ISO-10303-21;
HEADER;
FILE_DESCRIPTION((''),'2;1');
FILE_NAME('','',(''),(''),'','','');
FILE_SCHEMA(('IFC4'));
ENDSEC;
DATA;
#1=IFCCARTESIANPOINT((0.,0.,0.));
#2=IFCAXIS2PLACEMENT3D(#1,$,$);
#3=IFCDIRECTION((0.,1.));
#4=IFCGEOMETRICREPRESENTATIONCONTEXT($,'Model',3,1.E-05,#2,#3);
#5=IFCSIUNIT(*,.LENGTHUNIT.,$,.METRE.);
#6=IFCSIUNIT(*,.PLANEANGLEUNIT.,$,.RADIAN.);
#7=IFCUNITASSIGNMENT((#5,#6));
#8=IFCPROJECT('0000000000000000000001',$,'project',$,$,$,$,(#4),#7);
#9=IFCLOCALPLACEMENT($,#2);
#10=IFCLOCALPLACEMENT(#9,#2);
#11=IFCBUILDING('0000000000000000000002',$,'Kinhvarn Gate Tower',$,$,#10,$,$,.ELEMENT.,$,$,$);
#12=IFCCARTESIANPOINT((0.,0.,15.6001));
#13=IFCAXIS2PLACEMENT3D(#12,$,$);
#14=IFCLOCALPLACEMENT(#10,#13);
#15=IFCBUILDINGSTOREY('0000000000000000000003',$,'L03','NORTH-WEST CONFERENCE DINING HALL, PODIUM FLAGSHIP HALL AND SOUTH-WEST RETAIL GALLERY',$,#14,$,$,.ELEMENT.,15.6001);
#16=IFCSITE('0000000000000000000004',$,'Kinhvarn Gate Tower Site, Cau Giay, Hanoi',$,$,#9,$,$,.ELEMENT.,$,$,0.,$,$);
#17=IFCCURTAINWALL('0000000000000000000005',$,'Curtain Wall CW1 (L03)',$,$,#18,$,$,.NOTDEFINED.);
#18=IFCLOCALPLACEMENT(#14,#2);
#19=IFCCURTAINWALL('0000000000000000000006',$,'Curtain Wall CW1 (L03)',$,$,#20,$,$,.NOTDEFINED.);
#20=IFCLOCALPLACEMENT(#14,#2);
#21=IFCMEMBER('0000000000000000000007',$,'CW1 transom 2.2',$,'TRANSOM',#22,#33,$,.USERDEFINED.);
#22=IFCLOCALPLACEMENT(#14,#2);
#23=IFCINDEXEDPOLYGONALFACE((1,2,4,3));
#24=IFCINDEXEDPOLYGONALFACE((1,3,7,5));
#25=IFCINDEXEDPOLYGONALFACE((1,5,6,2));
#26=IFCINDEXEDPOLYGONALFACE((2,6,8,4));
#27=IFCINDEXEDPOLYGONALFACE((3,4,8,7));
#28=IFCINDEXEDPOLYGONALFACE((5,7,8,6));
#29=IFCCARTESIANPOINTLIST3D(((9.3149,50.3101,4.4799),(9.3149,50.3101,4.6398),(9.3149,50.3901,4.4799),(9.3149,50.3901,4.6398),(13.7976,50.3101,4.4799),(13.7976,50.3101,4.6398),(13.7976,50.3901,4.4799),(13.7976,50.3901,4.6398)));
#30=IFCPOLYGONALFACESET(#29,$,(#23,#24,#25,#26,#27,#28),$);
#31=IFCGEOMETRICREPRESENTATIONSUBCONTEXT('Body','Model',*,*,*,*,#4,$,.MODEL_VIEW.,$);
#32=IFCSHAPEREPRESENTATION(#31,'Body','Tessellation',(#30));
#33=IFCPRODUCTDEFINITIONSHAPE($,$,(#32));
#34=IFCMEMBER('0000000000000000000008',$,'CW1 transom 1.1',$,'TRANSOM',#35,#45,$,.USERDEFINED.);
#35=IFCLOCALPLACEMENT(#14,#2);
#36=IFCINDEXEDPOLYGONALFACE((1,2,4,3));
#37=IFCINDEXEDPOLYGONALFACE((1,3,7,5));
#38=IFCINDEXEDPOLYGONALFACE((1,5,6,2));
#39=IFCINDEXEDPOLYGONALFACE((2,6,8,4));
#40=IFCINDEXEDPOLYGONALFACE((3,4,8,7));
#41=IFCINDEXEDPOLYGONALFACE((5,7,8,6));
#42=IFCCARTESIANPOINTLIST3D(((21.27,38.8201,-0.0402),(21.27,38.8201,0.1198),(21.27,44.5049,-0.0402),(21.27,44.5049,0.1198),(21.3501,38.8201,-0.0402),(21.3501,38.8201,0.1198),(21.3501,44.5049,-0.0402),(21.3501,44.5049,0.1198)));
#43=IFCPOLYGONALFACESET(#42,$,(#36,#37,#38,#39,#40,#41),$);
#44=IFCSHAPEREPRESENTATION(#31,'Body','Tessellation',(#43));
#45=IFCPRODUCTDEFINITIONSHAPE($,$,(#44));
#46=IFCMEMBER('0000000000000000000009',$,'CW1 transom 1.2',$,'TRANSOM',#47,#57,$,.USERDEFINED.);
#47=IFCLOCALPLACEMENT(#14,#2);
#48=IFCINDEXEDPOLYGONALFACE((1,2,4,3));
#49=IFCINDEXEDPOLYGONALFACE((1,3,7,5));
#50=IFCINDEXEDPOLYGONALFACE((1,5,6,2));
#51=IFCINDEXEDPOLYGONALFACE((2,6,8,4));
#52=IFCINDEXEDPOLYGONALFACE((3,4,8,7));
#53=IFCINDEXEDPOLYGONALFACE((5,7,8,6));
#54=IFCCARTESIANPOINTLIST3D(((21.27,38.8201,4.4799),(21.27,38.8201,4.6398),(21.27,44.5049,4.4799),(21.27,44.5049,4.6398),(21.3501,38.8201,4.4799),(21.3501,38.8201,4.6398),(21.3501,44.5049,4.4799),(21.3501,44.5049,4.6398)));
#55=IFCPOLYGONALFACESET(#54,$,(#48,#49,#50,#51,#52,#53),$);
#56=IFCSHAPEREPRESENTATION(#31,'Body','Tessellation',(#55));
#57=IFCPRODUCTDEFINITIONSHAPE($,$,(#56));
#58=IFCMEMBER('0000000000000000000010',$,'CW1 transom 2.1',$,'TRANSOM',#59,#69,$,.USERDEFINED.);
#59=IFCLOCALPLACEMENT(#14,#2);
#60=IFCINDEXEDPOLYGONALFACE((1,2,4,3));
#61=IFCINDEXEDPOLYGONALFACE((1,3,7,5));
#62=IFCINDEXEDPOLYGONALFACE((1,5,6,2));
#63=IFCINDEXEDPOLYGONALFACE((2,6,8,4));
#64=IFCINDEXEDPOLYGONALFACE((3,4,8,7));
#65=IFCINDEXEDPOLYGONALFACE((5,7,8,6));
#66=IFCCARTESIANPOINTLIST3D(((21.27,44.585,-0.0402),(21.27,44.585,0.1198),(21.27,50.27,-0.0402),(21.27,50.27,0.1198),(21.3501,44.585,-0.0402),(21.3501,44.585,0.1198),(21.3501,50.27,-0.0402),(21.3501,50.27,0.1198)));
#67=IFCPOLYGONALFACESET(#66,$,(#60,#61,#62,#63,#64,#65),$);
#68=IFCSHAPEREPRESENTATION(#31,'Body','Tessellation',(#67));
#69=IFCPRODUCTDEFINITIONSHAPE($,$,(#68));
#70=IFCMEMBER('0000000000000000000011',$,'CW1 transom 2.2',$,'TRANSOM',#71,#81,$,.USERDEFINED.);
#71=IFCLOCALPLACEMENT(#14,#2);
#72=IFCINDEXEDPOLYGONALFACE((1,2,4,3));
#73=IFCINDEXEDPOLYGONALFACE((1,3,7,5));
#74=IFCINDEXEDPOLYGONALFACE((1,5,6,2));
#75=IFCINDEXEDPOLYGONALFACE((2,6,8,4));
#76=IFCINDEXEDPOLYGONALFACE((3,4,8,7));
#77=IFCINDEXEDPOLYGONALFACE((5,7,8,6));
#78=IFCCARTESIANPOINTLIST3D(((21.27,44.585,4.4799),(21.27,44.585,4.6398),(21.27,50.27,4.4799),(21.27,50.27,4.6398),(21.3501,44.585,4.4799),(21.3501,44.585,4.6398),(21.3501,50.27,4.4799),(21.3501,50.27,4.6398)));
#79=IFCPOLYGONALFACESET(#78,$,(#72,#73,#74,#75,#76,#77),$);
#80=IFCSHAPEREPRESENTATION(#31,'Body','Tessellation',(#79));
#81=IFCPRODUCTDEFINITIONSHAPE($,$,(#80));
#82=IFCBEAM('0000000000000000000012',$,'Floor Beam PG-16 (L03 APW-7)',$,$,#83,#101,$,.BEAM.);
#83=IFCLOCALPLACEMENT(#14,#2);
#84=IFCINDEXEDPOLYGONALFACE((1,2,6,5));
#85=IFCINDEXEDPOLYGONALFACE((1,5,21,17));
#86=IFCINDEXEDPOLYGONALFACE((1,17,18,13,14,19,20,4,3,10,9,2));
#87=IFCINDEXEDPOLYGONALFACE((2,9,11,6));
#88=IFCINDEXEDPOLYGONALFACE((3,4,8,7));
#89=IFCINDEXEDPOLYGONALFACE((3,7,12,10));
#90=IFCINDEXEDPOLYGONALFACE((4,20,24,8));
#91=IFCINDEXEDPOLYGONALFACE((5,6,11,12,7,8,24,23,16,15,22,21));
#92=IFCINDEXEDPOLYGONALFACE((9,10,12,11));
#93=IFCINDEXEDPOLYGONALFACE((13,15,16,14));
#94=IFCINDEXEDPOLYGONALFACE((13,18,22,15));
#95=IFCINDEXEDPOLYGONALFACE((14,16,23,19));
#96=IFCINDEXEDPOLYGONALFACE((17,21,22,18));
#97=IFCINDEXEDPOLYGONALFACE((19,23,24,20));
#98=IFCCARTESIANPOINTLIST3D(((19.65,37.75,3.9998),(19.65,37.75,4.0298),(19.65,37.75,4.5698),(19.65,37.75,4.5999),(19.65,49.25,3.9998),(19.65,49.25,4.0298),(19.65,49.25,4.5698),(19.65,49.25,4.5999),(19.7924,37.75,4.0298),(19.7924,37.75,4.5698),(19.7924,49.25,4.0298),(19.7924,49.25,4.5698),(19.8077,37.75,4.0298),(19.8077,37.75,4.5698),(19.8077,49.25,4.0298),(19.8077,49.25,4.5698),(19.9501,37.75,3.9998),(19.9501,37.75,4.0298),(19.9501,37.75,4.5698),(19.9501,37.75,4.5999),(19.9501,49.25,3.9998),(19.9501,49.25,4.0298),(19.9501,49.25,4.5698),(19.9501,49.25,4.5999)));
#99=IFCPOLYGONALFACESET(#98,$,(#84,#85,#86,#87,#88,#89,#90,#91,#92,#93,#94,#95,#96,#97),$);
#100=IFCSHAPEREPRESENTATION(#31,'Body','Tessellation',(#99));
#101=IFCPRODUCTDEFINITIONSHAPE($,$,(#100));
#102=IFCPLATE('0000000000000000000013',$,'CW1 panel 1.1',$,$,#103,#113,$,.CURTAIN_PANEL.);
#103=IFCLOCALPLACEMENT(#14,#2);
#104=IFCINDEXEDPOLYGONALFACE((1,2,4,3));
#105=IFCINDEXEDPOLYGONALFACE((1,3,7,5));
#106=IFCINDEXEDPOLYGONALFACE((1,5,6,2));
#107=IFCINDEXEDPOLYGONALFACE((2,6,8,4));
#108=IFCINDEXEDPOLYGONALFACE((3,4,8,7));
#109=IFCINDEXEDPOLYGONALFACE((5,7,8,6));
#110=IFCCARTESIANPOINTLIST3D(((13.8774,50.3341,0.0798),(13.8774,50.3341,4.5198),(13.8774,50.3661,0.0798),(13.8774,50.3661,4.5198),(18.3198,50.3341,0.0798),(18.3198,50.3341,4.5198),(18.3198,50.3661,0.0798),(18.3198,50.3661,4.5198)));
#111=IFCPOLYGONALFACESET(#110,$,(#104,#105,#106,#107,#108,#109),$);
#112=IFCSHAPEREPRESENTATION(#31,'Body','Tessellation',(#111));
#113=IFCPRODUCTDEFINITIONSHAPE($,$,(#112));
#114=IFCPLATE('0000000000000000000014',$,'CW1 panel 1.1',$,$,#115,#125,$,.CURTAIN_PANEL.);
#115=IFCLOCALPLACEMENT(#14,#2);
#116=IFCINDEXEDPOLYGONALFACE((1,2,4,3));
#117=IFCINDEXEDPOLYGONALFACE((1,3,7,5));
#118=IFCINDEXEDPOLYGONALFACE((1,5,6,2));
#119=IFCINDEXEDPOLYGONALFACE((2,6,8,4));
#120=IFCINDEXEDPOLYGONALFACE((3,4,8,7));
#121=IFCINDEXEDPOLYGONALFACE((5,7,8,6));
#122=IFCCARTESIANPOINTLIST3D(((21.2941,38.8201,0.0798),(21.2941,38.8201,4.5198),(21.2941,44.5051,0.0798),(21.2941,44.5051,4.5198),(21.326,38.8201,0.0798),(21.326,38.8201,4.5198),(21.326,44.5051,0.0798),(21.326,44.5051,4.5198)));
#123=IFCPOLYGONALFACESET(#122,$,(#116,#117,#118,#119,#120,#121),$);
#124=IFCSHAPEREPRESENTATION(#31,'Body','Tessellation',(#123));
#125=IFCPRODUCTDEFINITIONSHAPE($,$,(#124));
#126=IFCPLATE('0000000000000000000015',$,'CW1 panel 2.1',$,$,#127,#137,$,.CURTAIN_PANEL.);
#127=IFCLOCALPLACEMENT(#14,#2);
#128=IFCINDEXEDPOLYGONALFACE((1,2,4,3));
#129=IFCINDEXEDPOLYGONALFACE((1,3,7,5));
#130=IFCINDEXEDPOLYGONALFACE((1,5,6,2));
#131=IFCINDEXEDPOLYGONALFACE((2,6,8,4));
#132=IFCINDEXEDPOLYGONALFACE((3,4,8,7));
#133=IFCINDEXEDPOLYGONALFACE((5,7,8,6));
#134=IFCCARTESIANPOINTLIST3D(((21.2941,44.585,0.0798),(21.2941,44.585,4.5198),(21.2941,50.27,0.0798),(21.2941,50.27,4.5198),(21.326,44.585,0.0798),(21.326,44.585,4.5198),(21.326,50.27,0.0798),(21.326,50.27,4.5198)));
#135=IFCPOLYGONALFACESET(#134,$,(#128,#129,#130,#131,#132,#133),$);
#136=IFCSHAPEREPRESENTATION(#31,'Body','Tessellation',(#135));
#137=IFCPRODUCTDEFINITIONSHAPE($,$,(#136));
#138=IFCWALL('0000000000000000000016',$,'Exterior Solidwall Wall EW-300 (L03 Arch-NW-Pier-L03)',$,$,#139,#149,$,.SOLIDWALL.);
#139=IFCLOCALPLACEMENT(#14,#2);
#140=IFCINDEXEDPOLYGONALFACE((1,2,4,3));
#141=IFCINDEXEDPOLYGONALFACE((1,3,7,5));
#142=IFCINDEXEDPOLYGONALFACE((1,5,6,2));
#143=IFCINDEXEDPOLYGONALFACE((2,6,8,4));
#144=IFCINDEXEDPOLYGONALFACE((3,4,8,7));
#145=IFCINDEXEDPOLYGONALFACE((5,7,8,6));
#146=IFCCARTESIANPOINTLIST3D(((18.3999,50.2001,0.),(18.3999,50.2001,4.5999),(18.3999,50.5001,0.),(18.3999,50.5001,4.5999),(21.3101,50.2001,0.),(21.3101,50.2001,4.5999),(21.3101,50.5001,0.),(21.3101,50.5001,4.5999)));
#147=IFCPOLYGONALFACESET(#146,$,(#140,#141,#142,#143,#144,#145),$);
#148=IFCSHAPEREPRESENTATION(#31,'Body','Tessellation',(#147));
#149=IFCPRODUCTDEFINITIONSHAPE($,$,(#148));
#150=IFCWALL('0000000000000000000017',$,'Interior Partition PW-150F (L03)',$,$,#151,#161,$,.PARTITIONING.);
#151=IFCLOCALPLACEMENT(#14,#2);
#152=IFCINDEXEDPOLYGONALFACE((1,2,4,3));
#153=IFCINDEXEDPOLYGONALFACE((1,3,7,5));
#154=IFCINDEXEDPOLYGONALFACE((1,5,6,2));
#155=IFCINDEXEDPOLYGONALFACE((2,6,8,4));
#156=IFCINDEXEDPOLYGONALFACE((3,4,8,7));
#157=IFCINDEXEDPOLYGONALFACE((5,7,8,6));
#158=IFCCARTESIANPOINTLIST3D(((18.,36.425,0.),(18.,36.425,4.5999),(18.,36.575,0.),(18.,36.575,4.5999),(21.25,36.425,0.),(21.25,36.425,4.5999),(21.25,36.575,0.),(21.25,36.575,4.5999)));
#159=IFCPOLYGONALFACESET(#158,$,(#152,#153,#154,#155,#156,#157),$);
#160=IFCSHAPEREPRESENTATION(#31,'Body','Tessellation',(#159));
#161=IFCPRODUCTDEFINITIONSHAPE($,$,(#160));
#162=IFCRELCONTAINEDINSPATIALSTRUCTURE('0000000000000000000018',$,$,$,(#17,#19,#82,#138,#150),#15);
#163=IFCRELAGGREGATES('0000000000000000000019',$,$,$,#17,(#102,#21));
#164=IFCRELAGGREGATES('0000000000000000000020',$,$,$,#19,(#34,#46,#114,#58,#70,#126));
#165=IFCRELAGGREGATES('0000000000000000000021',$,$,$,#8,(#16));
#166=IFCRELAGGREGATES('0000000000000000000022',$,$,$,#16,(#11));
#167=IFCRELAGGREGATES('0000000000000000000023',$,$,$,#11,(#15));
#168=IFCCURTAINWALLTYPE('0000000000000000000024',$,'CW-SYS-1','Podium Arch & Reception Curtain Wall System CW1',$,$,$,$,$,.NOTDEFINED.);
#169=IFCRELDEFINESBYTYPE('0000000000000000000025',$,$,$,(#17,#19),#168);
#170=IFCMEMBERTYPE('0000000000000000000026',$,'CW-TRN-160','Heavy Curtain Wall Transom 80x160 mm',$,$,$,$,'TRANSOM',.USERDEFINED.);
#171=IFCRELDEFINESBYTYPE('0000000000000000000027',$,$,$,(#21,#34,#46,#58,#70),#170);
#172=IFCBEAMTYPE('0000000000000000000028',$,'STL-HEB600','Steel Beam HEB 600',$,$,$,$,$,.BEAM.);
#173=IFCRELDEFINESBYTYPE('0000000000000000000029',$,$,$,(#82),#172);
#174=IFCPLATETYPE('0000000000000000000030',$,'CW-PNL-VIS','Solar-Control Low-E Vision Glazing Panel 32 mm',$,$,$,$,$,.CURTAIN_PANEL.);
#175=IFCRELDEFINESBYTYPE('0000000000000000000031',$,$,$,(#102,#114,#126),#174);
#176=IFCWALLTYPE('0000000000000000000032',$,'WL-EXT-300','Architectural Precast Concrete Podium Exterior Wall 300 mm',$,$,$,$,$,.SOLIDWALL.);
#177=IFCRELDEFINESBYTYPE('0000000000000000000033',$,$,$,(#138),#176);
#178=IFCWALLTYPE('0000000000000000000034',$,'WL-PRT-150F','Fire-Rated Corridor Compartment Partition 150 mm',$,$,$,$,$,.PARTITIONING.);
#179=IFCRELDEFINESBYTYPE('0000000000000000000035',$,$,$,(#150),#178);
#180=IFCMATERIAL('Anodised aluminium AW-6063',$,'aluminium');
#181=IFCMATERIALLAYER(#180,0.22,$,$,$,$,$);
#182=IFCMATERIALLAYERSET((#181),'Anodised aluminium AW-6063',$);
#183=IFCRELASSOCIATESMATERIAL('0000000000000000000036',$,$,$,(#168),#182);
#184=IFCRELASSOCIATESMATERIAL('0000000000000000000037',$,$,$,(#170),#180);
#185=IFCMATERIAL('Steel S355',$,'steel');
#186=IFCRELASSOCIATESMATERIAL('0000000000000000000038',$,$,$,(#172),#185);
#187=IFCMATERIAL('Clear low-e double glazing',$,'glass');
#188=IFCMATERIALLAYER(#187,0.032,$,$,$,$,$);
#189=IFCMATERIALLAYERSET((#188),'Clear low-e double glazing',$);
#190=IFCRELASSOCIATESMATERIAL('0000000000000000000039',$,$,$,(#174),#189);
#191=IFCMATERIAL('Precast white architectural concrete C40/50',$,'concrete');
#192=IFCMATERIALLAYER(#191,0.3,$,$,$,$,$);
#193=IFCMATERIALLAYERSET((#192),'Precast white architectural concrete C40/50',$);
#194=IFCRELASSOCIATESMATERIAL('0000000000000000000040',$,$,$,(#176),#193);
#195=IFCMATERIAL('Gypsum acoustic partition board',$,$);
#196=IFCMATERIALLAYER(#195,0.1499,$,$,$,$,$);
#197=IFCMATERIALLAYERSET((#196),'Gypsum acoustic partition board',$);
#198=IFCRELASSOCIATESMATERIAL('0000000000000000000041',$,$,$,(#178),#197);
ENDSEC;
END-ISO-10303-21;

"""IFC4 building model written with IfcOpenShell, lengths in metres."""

from ifc_helpers import new_model, si_unit, direction, frame, frame_2d, origin, origin_2d, place, context, subcontext, project, spatial, rectangle, i_section, extrude, material, layer, layer_set, material_profile, profile_set, type_object, element, aggregate, save


model = new_model("IFC4")

# Units and contexts
model_context = context("Model", 3, precision=1e-05, world=origin(), true_north=direction((0.0, 1.0)))
body_context = subcontext(model_context, "Body", "Model", "MODEL_VIEW")
ifc_project = project(units=[si_unit("LENGTHUNIT", "METRE"), si_unit("PLANEANGLEUNIT", "RADIAN")], contexts=[model_context])

# Site, building, storey
site_placement = place(None, origin())
site = spatial("IfcSite", under=ifc_project, at=site_placement, Name="Kinhvarn Gate Tower Site, Cau Giay, Hanoi", CompositionType="ELEMENT", RefElevation=0.0)
building_placement = place(site_placement, origin())
building = spatial("IfcBuilding", under=site, at=building_placement, Name="Kinhvarn Gate Tower", CompositionType="ELEMENT")
storey_placement = place(building_placement, frame((0.0, 0.0, 15.6001)))
storey = spatial("IfcBuildingStorey", under=building, at=storey_placement, Name="L03", Description="NORTH-WEST CONFERENCE DINING HALL, PODIUM FLAGSHIP HALL AND SOUTH-WEST RETAIL GALLERY", CompositionType="ELEMENT", Elevation=15.6001)

# Curtain wall
ifc_material_1 = material(Name="Anodised aluminium AW-6063", Category="aluminium")
ifc_layer_1 = layer(ifc_material_1, 0.22)
ifc_layer_set_1 = layer_set([ifc_layer_1], Name="Anodised aluminium AW-6063")
curtain_wall_type = type_object("IfcCurtainWallType", Name="CW-SYS-1", Description="Podium Arch & Reception Curtain Wall System CW1", PredefinedType="NOTDEFINED", material=ifc_layer_set_1)
curtain_wall_1_placement = place(storey_placement, origin())
curtain_wall_1 = element("IfcCurtainWall", 1, at=curtain_wall_1_placement, inside=storey, type_object=curtain_wall_type, Name="Curtain Wall CW1 (L03)", PredefinedType="NOTDEFINED")

# Curtain wall
curtain_wall_2_placement = place(storey_placement, origin())
curtain_wall_2 = element("IfcCurtainWall", 2, at=curtain_wall_2_placement, inside=storey, type_object=curtain_wall_type, Name="Curtain Wall CW1 (L03)", PredefinedType="NOTDEFINED")

# Members
ifc_material_profile_1 = material_profile(ifc_material_1, rectangle(XDim=0.0801, YDim=0.1599, at=origin_2d()), Name="ALU 80x160")
ifc_profile_set_1 = profile_set([ifc_material_profile_1], Name="Anodised aluminium AW-6063")
member_type_1 = type_object("IfcMemberType", Name="CW-TRN-160", Description="Heavy Curtain Wall Transom 80x160 mm", ElementType="TRANSOM", PredefinedType="USERDEFINED", material=ifc_profile_set_1)
member_1_placement = place(storey_placement, frame((13.7976, 50.3501, 4.5598), z_axis=(-1.0, 0.0, 0.0), x_axis=(0.0, -1.0, 0.0)))
member_1 = element("IfcMember", 3, at=member_1_placement, type_object=member_type_1, Name="CW1 transom 2.2", ObjectType="TRANSOM", PredefinedType="USERDEFINED", context=body_context, shape_type="SweptSolid", body=[
    extrude(rectangle(XDim=0.0801, YDim=0.1599, at=origin_2d()), origin(), (0.0, 0.0, 1.0), 4.4827),
])
member_2_placement = place(storey_placement, frame((21.3101, 38.8201, 0.0398), z_axis=(0.0, 1.0, 0.0), x_axis=(-1.0, 0.0, 0.0)))
member_2 = element("IfcMember", 4, at=member_2_placement, type_object=member_type_1, Name="CW1 transom 1.1", ObjectType="TRANSOM", PredefinedType="USERDEFINED", context=body_context, shape_type="SweptSolid", body=[
    extrude(rectangle(XDim=0.0801, YDim=0.1599, at=origin_2d()), origin(), (0.0, 0.0, 1.0), 5.6848),
])
member_3_placement = place(storey_placement, frame((21.3101, 38.8201, 4.5598), z_axis=(0.0, 1.0, 0.0), x_axis=(-1.0, 0.0, 0.0)))
member_3 = element("IfcMember", 5, at=member_3_placement, type_object=member_type_1, Name="CW1 transom 1.2", ObjectType="TRANSOM", PredefinedType="USERDEFINED", context=body_context, shape_type="SweptSolid", body=[
    extrude(rectangle(XDim=0.0801, YDim=0.1599, at=origin_2d()), origin(), (0.0, 0.0, 1.0), 5.6848),
])
member_4_placement = place(storey_placement, frame((21.3101, 44.585, 0.0398), z_axis=(0.0, 1.0, 0.0), x_axis=(-1.0, 0.0, 0.0)))
member_4 = element("IfcMember", 6, at=member_4_placement, type_object=member_type_1, Name="CW1 transom 2.1", ObjectType="TRANSOM", PredefinedType="USERDEFINED", context=body_context, shape_type="SweptSolid", body=[
    extrude(rectangle(XDim=0.0801, YDim=0.1599, at=origin_2d()), origin(), (0.0, 0.0, 1.0), 5.6851),
])
member_5_placement = place(storey_placement, frame((21.3101, 44.585, 4.5598), z_axis=(0.0, 1.0, 0.0), x_axis=(-1.0, 0.0, 0.0)))
member_5 = element("IfcMember", 7, at=member_5_placement, type_object=member_type_1, Name="CW1 transom 2.2", ObjectType="TRANSOM", PredefinedType="USERDEFINED", context=body_context, shape_type="SweptSolid", body=[
    extrude(rectangle(XDim=0.0801, YDim=0.1599, at=origin_2d()), origin(), (0.0, 0.0, 1.0), 5.6851),
])

# Beam
ifc_material_2 = material(Name="Steel S355", Category="steel")
ifc_material_profile_2 = material_profile(ifc_material_2, i_section(OverallWidth=0.3, OverallDepth=0.6001, WebThickness=0.0154, FlangeThickness=0.03, at=origin_2d()), Name="HEB 600")
ifc_profile_set_2 = profile_set([ifc_material_profile_2], Name="Steel S355")
beam_type_1 = type_object("IfcBeamType", Name="STL-HEB600", Description="Steel Beam HEB 600", PredefinedType="BEAM", material=ifc_profile_set_2)
beam_placement = place(storey_placement, frame((19.8, 37.75, 4.2998), z_axis=(0.0, 1.0, 0.0), x_axis=(-1.0, 0.0, 0.0)))
element("IfcBeam", 8, at=beam_placement, inside=storey, type_object=beam_type_1, Name="Floor Beam PG-16 (L03 APW-7)", PredefinedType="BEAM", context=body_context, shape_type="SweptSolid", body=[
    extrude(i_section(OverallWidth=0.3, OverallDepth=0.6001, WebThickness=0.0154, FlangeThickness=0.03, at=origin_2d()), origin(), (0.0, 0.0, 1.0), 11.5),
])

# Plates
ifc_material_3 = material(Name="Clear low-e double glazing", Category="glass")
ifc_layer_2 = layer(ifc_material_3, 0.032)
ifc_layer_set_2 = layer_set([ifc_layer_2], Name="Clear low-e double glazing")
plate_type = type_object("IfcPlateType", Name="CW-PNL-VIS", Description="Solar-Control Low-E Vision Glazing Panel 32 mm", PredefinedType="CURTAIN_PANEL", material=ifc_layer_set_2)
plate_1_placement = place(storey_placement, frame((16.0986, 50.3501, 0.0798), z_axis=(0.0, 0.0, 1.0), x_axis=(-1.0, 0.0, 0.0)))
plate_1 = element("IfcPlate", 9, at=plate_1_placement, type_object=plate_type, Name="CW1 panel 1.1", PredefinedType="CURTAIN_PANEL", context=body_context, shape_type="SweptSolid", body=[
    extrude(rectangle(XDim=4.4424, YDim=0.032, at=origin_2d()), origin(), (0.0, 0.0, 1.0), 4.4399),
])
aggregate(curtain_wall_1, [plate_1, member_1])
plate_2_placement = place(storey_placement, frame((21.3101, 41.6626, 0.0798), z_axis=(0.0, 0.0, 1.0), x_axis=(0.0, 1.0, 0.0)))
plate_2 = element("IfcPlate", 10, at=plate_2_placement, type_object=plate_type, Name="CW1 panel 1.1", PredefinedType="CURTAIN_PANEL", context=body_context, shape_type="SweptSolid", body=[
    extrude(rectangle(XDim=5.6851, YDim=0.032, at=origin_2d()), origin(), (0.0, 0.0, 1.0), 4.4399),
])
plate_3_placement = place(storey_placement, frame((21.3101, 47.4275, 0.0798), z_axis=(0.0, 0.0, 1.0), x_axis=(0.0, 1.0, 0.0)))
plate_3 = element("IfcPlate", 11, at=plate_3_placement, type_object=plate_type, Name="CW1 panel 2.1", PredefinedType="CURTAIN_PANEL", context=body_context, shape_type="SweptSolid", body=[
    extrude(rectangle(XDim=5.6851, YDim=0.032, at=origin_2d()), origin(), (0.0, 0.0, 1.0), 4.4399),
])
aggregate(curtain_wall_2, [member_2, member_3, plate_2, member_4, member_5, plate_3])

# Walls
ifc_material_4 = material(Name="Precast white architectural concrete C40/50", Category="concrete")
ifc_layer_3 = layer(ifc_material_4, 0.3)
ifc_layer_set_3 = layer_set([ifc_layer_3], Name="Precast white architectural concrete C40/50")
wall_type_1 = type_object("IfcWallType", Name="WL-EXT-300", Description="Architectural Precast Concrete Podium Exterior Wall 300 mm", PredefinedType="SOLIDWALL", material=ifc_layer_set_3)
wall_1_placement = place(storey_placement, frame((21.3101, 50.3501, 0.0), z_axis=(0.0, 0.0, 1.0), x_axis=(-1.0, 0.0, 0.0)))
element("IfcWall", 12, at=wall_1_placement, inside=storey, type_object=wall_type_1, Name="Exterior Solidwall Wall EW-300 (L03 Arch-NW-Pier-L03)", PredefinedType="SOLIDWALL", context=body_context, shape_type="SweptSolid", body=[
    extrude(rectangle(XDim=2.9102, YDim=0.3, at=frame_2d((1.4551, 0.0))), origin(), (0.0, 0.0, 1.0), 4.5999),
])
ifc_material_5 = material(Name="Gypsum acoustic partition board")
ifc_layer_4 = layer(ifc_material_5, 0.1499)
ifc_layer_set_4 = layer_set([ifc_layer_4], Name="Gypsum acoustic partition board")
wall_type_2 = type_object("IfcWallType", Name="WL-PRT-150F", Description="Fire-Rated Corridor Compartment Partition 150 mm", PredefinedType="PARTITIONING", material=ifc_layer_set_4)
wall_2_placement = place(storey_placement, frame((18.0, 36.5, 0.0), z_axis=(0.0, 0.0, 1.0), x_axis=(1.0, 0.0, 0.0)))
element("IfcWall", 13, at=wall_2_placement, inside=storey, type_object=wall_type_2, Name="Interior Partition PW-150F (L03)", PredefinedType="PARTITIONING", context=body_context, shape_type="SweptSolid", body=[
    extrude(rectangle(XDim=3.25, YDim=0.1499, at=frame_2d((1.625, 0.0))), origin(), (0.0, 0.0, 1.0), 4.5999),
])

save(model, "model.ifc")
